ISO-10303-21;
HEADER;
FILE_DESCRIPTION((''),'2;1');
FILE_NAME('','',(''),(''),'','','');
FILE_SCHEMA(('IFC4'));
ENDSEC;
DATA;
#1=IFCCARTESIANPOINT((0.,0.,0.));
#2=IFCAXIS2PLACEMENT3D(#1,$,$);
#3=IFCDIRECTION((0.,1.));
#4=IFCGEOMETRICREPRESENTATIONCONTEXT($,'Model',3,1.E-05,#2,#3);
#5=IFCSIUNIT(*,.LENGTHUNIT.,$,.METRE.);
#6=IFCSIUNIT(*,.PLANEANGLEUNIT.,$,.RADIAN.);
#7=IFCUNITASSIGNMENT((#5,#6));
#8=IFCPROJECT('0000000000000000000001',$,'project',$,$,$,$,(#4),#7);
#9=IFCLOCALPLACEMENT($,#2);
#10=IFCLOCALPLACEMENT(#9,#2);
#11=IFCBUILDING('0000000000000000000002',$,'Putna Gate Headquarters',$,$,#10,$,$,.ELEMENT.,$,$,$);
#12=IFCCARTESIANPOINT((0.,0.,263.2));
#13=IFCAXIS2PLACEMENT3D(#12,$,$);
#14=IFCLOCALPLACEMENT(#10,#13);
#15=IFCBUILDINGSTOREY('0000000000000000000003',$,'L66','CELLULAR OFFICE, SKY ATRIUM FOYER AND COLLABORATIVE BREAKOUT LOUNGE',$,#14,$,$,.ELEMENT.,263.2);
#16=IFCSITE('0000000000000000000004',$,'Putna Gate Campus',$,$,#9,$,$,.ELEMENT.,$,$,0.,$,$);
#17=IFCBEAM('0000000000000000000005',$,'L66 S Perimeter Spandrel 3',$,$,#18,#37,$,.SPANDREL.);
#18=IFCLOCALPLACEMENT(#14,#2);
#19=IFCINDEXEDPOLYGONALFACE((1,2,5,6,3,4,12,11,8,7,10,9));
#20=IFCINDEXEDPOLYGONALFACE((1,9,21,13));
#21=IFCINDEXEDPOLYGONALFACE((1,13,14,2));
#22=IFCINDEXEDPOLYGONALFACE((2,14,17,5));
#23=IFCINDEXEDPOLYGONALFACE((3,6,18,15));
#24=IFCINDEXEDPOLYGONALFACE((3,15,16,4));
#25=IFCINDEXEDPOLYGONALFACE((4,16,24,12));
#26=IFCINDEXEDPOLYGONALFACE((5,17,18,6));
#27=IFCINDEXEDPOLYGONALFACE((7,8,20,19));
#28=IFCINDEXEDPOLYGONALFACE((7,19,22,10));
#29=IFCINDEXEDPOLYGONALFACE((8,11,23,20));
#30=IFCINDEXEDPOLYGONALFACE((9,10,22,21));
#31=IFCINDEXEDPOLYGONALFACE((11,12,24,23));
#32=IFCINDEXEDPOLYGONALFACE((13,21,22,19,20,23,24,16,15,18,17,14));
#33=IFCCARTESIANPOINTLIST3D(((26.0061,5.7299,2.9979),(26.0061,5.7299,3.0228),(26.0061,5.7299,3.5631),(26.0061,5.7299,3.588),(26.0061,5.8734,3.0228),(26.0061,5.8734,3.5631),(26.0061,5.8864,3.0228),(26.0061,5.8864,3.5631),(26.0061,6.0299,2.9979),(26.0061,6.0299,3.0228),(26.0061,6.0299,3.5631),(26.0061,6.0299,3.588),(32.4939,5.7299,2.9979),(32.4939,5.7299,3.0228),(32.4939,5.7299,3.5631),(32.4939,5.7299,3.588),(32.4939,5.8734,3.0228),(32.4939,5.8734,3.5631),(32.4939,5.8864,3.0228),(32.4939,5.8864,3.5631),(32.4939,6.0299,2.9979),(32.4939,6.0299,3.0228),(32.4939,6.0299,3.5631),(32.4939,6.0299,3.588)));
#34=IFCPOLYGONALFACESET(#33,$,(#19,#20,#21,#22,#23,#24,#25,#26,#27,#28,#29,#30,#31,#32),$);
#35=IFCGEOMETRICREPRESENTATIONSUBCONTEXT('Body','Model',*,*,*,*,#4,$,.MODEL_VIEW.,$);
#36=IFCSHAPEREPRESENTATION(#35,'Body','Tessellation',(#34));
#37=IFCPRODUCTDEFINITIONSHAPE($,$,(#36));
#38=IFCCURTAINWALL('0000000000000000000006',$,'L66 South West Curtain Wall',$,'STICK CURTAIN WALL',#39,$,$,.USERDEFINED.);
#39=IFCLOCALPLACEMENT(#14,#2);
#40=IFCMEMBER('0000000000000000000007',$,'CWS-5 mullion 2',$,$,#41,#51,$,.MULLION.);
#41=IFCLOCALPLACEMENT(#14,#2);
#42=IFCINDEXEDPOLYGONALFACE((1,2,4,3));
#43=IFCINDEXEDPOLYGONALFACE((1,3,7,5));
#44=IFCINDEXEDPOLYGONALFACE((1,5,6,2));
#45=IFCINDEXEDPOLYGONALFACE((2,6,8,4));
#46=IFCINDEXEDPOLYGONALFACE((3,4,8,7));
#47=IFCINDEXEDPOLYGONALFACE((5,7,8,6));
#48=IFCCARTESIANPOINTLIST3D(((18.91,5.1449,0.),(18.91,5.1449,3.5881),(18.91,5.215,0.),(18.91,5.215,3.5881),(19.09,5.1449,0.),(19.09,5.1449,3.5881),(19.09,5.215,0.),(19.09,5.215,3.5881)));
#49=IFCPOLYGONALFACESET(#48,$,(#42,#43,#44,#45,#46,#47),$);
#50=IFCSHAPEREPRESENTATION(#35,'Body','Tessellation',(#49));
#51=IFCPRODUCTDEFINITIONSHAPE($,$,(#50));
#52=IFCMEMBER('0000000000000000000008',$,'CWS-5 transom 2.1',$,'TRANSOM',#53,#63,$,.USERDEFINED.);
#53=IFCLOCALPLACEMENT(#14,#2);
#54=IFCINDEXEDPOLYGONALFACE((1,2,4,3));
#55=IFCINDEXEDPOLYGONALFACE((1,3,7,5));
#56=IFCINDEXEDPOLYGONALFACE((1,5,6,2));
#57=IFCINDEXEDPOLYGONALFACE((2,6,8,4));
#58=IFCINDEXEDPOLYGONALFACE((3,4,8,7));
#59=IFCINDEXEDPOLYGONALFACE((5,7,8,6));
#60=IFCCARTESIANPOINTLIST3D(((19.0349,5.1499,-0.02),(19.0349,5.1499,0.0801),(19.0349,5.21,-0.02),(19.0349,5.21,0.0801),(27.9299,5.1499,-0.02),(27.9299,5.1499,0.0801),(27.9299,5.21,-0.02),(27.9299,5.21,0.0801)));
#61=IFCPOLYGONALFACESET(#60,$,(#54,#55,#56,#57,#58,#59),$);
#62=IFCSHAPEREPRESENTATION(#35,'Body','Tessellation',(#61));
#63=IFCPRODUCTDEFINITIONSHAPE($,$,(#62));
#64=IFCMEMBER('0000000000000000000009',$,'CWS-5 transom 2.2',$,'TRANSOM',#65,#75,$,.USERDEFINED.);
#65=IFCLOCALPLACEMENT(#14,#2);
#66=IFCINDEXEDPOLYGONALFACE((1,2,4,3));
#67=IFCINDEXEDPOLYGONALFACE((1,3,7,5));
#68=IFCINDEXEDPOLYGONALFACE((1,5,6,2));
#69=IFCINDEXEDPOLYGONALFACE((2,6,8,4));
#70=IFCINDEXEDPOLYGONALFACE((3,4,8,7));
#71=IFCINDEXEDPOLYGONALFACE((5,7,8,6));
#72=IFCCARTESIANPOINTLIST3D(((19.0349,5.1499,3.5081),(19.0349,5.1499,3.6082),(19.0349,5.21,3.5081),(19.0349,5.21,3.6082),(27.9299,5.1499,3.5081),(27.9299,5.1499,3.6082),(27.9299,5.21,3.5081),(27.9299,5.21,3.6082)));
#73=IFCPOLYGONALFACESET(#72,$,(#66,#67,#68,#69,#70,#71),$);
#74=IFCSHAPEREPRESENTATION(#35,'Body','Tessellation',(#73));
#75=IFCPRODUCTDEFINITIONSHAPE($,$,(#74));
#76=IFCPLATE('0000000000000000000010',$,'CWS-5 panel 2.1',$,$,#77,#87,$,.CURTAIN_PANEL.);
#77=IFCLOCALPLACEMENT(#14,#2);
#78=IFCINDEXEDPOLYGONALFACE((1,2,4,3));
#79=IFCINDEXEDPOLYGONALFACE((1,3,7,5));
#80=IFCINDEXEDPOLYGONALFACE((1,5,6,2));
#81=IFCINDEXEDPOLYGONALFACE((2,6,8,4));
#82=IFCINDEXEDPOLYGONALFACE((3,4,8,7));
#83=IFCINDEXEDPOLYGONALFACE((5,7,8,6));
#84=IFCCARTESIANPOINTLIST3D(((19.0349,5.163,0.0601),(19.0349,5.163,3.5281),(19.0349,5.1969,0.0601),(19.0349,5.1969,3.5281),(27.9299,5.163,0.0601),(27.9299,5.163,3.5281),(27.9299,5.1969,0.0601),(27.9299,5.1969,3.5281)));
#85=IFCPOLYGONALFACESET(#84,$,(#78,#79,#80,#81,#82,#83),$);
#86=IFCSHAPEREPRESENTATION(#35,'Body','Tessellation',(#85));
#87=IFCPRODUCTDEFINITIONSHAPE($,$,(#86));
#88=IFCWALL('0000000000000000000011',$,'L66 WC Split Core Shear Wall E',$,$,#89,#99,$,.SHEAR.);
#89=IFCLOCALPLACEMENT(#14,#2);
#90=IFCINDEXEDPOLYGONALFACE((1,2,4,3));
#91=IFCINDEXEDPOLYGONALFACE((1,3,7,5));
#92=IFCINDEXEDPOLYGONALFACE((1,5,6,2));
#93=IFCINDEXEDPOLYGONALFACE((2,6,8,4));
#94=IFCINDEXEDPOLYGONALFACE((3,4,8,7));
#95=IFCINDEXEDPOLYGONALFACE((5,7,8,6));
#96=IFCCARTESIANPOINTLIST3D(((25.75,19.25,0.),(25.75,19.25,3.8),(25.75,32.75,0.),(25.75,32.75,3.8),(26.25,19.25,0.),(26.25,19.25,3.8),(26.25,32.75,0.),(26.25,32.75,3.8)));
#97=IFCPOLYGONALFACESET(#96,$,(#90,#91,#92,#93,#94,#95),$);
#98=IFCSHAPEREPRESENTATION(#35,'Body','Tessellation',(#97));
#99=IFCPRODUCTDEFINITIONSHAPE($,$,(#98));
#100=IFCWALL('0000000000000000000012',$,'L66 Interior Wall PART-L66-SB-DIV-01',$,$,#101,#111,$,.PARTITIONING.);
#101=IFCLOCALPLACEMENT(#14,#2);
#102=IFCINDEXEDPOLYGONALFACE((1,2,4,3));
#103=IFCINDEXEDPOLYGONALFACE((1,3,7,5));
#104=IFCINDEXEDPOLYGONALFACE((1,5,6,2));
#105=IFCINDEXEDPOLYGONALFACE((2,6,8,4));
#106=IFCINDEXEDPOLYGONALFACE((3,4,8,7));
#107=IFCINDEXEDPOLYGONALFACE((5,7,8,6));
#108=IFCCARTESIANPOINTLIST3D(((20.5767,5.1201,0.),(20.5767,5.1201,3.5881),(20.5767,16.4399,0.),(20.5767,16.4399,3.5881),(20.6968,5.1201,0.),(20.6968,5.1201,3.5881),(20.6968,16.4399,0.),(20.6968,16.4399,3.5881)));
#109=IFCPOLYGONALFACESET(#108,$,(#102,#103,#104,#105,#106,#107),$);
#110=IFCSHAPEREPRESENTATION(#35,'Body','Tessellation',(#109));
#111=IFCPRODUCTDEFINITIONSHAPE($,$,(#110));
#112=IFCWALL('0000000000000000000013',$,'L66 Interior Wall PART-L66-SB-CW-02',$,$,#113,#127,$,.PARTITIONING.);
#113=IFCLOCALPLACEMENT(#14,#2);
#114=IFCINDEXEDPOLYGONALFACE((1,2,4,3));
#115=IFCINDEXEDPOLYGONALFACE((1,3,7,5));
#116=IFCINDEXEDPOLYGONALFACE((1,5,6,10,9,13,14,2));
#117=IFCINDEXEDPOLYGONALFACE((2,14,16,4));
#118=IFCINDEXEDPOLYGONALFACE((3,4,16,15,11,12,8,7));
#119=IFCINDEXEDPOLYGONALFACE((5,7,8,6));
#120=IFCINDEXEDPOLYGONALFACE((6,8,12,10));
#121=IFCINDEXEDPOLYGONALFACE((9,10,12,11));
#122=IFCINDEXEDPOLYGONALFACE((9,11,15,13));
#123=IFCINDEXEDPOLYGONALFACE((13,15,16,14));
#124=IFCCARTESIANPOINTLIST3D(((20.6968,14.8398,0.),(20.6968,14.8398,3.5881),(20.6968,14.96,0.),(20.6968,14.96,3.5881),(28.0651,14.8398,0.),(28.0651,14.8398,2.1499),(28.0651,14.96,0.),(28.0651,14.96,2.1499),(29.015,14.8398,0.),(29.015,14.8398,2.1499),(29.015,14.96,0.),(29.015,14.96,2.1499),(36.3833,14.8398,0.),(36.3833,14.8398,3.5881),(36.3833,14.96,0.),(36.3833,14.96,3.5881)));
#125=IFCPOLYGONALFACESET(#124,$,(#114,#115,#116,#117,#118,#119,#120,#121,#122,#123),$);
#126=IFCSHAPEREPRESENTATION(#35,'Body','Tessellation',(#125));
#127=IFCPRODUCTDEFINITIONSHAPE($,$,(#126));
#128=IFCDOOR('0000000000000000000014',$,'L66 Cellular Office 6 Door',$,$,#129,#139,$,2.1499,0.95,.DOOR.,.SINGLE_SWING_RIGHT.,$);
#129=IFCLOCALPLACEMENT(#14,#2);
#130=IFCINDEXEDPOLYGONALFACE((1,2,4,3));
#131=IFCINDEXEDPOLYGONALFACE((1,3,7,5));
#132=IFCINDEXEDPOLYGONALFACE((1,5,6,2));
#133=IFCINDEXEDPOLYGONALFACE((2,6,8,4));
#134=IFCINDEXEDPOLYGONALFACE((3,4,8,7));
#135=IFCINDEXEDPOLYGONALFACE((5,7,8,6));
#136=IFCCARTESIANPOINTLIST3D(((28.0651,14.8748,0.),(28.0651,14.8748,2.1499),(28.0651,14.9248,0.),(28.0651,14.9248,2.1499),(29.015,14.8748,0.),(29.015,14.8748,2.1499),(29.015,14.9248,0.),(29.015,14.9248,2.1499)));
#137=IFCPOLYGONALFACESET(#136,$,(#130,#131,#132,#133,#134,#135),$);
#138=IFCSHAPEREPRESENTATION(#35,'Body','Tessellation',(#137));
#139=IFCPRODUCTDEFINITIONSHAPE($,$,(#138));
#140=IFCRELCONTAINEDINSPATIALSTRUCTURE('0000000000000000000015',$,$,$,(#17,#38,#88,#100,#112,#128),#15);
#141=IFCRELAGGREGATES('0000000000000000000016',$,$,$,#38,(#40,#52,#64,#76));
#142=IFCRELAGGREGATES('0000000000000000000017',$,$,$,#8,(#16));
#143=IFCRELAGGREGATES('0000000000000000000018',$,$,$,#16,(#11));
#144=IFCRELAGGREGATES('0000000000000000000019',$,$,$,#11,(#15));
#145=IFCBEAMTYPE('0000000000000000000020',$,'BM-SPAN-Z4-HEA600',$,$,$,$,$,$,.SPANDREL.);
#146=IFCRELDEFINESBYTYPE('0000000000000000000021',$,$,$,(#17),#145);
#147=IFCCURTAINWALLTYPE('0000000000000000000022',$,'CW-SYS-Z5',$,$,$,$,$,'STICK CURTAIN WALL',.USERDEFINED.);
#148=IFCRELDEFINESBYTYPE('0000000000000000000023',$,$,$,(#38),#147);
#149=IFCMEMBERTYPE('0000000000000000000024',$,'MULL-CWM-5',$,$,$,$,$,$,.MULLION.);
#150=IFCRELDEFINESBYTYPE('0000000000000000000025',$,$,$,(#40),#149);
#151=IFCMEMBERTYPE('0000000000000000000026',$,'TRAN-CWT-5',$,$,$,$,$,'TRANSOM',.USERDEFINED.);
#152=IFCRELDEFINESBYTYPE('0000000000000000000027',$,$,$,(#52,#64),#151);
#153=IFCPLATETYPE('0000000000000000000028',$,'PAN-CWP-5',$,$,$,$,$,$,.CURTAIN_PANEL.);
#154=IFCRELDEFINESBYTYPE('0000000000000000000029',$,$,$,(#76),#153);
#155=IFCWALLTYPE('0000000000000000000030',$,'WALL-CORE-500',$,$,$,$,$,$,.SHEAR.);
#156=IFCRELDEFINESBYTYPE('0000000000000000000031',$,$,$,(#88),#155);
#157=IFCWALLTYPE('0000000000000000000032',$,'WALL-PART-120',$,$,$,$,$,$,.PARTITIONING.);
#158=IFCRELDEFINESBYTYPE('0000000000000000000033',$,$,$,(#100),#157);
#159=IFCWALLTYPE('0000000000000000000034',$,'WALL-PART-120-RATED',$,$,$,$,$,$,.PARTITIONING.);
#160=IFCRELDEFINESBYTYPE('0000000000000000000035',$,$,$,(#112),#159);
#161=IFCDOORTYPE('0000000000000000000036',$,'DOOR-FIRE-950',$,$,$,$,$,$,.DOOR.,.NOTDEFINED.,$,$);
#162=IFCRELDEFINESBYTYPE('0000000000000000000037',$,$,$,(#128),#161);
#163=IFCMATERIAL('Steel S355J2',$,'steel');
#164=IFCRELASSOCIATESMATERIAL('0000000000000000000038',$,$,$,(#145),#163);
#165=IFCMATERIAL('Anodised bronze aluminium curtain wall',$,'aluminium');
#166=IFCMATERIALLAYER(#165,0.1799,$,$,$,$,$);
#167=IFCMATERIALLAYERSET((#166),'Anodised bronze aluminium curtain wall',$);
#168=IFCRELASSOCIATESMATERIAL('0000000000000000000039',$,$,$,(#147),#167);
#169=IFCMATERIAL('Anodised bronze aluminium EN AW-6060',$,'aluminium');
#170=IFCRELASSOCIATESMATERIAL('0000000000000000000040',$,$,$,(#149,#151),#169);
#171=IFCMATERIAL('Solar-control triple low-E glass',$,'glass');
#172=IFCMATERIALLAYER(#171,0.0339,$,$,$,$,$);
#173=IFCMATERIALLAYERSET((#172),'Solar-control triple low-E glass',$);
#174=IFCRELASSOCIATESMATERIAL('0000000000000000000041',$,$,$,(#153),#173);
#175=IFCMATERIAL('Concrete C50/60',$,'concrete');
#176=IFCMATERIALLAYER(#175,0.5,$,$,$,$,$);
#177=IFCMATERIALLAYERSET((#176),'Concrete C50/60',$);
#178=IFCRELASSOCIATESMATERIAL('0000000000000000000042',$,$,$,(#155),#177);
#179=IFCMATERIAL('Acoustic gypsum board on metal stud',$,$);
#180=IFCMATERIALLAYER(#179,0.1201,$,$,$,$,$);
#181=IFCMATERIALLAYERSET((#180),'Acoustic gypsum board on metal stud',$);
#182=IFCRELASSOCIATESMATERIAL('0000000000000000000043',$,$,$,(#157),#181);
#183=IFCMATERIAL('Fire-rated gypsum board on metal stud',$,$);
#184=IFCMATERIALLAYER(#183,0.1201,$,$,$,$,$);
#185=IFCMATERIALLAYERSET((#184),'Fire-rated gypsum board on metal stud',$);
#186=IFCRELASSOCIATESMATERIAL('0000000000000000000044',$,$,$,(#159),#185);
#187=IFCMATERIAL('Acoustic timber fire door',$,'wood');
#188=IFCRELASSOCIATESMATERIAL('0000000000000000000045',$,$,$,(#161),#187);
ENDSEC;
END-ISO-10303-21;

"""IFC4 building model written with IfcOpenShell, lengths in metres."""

from ifc_helpers import new_model, si_unit, direction, frame, frame_2d, origin, origin_2d, place, context, subcontext, project, spatial, rectangle, i_section, extrude, material, layer, layer_set, material_profile, profile_set, type_object, element, fill, aggregate, save


model = new_model("IFC4")

# Units and contexts
model_context = context("Model", 3, precision=1e-05, world=origin(), true_north=direction((0.0, 1.0)))
body_context = subcontext(model_context, "Body", "Model", "MODEL_VIEW")
ifc_project = project(units=[si_unit("LENGTHUNIT", "METRE"), si_unit("PLANEANGLEUNIT", "RADIAN")], contexts=[model_context])

# Site, building, storey
site_placement = place(None, origin())
site = spatial("IfcSite", under=ifc_project, at=site_placement, Name="Putna Gate Campus", CompositionType="ELEMENT", RefElevation=0.0)
building_placement = place(site_placement, origin())
building = spatial("IfcBuilding", under=site, at=building_placement, Name="Putna Gate Headquarters", CompositionType="ELEMENT")
storey_placement = place(building_placement, frame((0.0, 0.0, 263.2)))
storey = spatial("IfcBuildingStorey", under=building, at=storey_placement, Name="L66", Description="CELLULAR OFFICE, SKY ATRIUM FOYER AND COLLABORATIVE BREAKOUT LOUNGE", CompositionType="ELEMENT", Elevation=263.2)

# Beam
ifc_material_1 = material(Name="Steel S355J2", Category="steel")
ifc_material_profile_1 = material_profile(ifc_material_1, i_section(OverallWidth=0.3, OverallDepth=0.5901, WebThickness=0.0129, FlangeThickness=0.0249, at=origin_2d()), Name="Steel S355J2")
ifc_profile_set_1 = profile_set([ifc_material_profile_1], Name="Steel S355J2")
beam_type_1 = type_object("IfcBeamType", Name="BM-SPAN-Z4-HEA600", PredefinedType="SPANDREL", material=ifc_profile_set_1)
for number, where, z_axis, x_axis, name in (
    (1, (26.0061, 5.8799, 3.293), (1.0, 0.0, 0.0), (0.0, 1.0, 0.0), "L66 S Perimeter Spandrel 3"),
):
    element("IfcBeam", number, at=place(storey_placement, frame(where, z_axis=z_axis, x_axis=x_axis)), inside=storey, type_object=beam_type_1, Name=name, PredefinedType="SPANDREL", context=body_context, shape_type="SweptSolid", body=[
        extrude(i_section(OverallWidth=0.3, OverallDepth=0.5901, WebThickness=0.0129, FlangeThickness=0.0249, at=origin_2d()), origin(), (0.0, 0.0, 1.0), 6.4878),
    ])

# Curtain wall, members, plate
ifc_material_2 = material(Name="Anodised bronze aluminium curtain wall", Category="aluminium")
ifc_layer_1 = layer(ifc_material_2, 0.1799)
ifc_layer_set_1 = layer_set([ifc_layer_1], Name="Anodised bronze aluminium curtain wall")
curtain_wall_type = type_object("IfcCurtainWallType", Name="CW-SYS-Z5", ElementType="STICK CURTAIN WALL", PredefinedType="USERDEFINED", material=ifc_layer_set_1)
curtain_wall_placement = place(storey_placement, origin())
curtain_wall = element("IfcCurtainWall", 2, at=curtain_wall_placement, inside=storey, type_object=curtain_wall_type, Name="L66 South West Curtain Wall", ObjectType="STICK CURTAIN WALL", PredefinedType="USERDEFINED")
ifc_material_3 = material(Name="Anodised bronze aluminium EN AW-6060", Category="aluminium")
ifc_material_profile_2 = material_profile(ifc_material_3, rectangle(XDim=0.0701, YDim=0.1799, at=origin_2d()), Name="Anodised bronze aluminium EN AW-6060")
ifc_profile_set_2 = profile_set([ifc_material_profile_2], Name="Anodised bronze aluminium EN AW-6060")
member_type_1 = type_object("IfcMemberType", Name="MULL-CWM-5", PredefinedType="MULLION", material=ifc_profile_set_2)
member_1_placement = place(storey_placement, frame((19.0, 5.1799, 0.0), z_axis=(0.0, 0.0, 1.0), x_axis=(0.0, 1.0, 0.0)))
member_1 = element("IfcMember", 3, at=member_1_placement, type_object=member_type_1, Name="CWS-5 mullion 2", PredefinedType="MULLION", context=body_context, shape_type="SweptSolid", body=[
    extrude(rectangle(XDim=0.0701, YDim=0.1799, at=origin_2d()), origin(), (0.0, 0.0, 1.0), 3.5881),
])
ifc_material_profile_3 = material_profile(ifc_material_3, rectangle(XDim=0.0601, YDim=0.1001, at=origin_2d()), Name="Anodised bronze aluminium EN AW-6060")
ifc_profile_set_3 = profile_set([ifc_material_profile_3], Name="Anodised bronze aluminium EN AW-6060")
member_type_2 = type_object("IfcMemberType", Name="TRAN-CWT-5", ElementType="TRANSOM", PredefinedType="USERDEFINED", material=ifc_profile_set_3)
member_2_placement = place(storey_placement, frame((19.0349, 5.1799, 0.03), z_axis=(1.0, 0.0, 0.0), x_axis=(0.0, 1.0, 0.0)))
member_2 = element("IfcMember", 4, at=member_2_placement, type_object=member_type_2, Name="CWS-5 transom 2.1", ObjectType="TRANSOM", PredefinedType="USERDEFINED", context=body_context, shape_type="SweptSolid", body=[
    extrude(rectangle(XDim=0.0601, YDim=0.1001, at=origin_2d()), origin(), (0.0, 0.0, 1.0), 8.895),
])
member_3_placement = place(storey_placement, frame((19.0349, 5.1799, 3.5581), z_axis=(1.0, 0.0, 0.0), x_axis=(0.0, 1.0, 0.0)))
member_3 = element("IfcMember", 5, at=member_3_placement, type_object=member_type_2, Name="CWS-5 transom 2.2", ObjectType="TRANSOM", PredefinedType="USERDEFINED", context=body_context, shape_type="SweptSolid", body=[
    extrude(rectangle(XDim=0.0601, YDim=0.1001, at=origin_2d()), origin(), (0.0, 0.0, 1.0), 8.895),
])
ifc_material_4 = material(Name="Solar-control triple low-E glass", Category="glass")
ifc_layer_2 = layer(ifc_material_4, 0.0339)
ifc_layer_set_2 = layer_set([ifc_layer_2], Name="Solar-control triple low-E glass")
plate_type = type_object("IfcPlateType", Name="PAN-CWP-5", PredefinedType="CURTAIN_PANEL", material=ifc_layer_set_2)
plate_placement = place(storey_placement, frame((23.4824, 5.1799, 0.0601), z_axis=(0.0, 0.0, 1.0), x_axis=(1.0, 0.0, 0.0)))
plate = element("IfcPlate", 6, at=plate_placement, type_object=plate_type, Name="CWS-5 panel 2.1", PredefinedType="CURTAIN_PANEL", context=body_context, shape_type="SweptSolid", body=[
    extrude(rectangle(XDim=8.895, YDim=0.0339, at=origin_2d()), origin(), (0.0, 0.0, 1.0), 3.468),
])
aggregate(curtain_wall, [member_1, member_2, member_3, plate])

# Walls
ifc_material_5 = material(Name="Concrete C50/60", Category="concrete")
ifc_layer_3 = layer(ifc_material_5, 0.5)
ifc_layer_set_3 = layer_set([ifc_layer_3], Name="Concrete C50/60")
wall_type_1 = type_object("IfcWallType", Name="WALL-CORE-500", PredefinedType="SHEAR", material=ifc_layer_set_3)
wall_1_placement = place(storey_placement, frame((26.0, 19.25, 0.0), z_axis=(0.0, 0.0, 1.0), x_axis=(0.0, 1.0, 0.0)))
element("IfcWall", 7, at=wall_1_placement, inside=storey, type_object=wall_type_1, Name="L66 WC Split Core Shear Wall E", PredefinedType="SHEAR", context=body_context, shape_type="SweptSolid", body=[
    extrude(rectangle(XDim=13.5, YDim=0.5, at=frame_2d((6.75, 0.0))), origin(), (0.0, 0.0, 1.0), 3.8),
])
ifc_material_6 = material(Name="Acoustic gypsum board on metal stud")
ifc_layer_4 = layer(ifc_material_6, 0.1201)
ifc_layer_set_4 = layer_set([ifc_layer_4], Name="Acoustic gypsum board on metal stud")
wall_type_2 = type_object("IfcWallType", Name="WALL-PART-120", PredefinedType="PARTITIONING", material=ifc_layer_set_4)
wall_2_placement = place(storey_placement, frame((20.6367, 5.1201, 0.0), z_axis=(0.0, 0.0, 1.0), x_axis=(0.0, 1.0, 0.0)))
element("IfcWall", 8, at=wall_2_placement, inside=storey, type_object=wall_type_2, Name="L66 Interior Wall PART-L66-SB-DIV-01", PredefinedType="PARTITIONING", context=body_context, shape_type="SweptSolid", body=[
    extrude(rectangle(XDim=11.3198, YDim=0.1201, at=frame_2d((5.6599, 0.0))), origin(), (0.0, 0.0, 1.0), 3.5881),
])

# Wall, opening, door
ifc_material_7 = material(Name="Fire-rated gypsum board on metal stud")
ifc_layer_5 = layer(ifc_material_7, 0.1201)
ifc_layer_set_5 = layer_set([ifc_layer_5], Name="Fire-rated gypsum board on metal stud")
wall_type_3 = type_object("IfcWallType", Name="WALL-PART-120-RATED", PredefinedType="PARTITIONING", material=ifc_layer_set_5)
wall_3_placement = place(storey_placement, frame((20.6968, 14.8999, 0.0), z_axis=(0.0, 0.0, 1.0), x_axis=(1.0, 0.0, 0.0)))
wall_3 = element("IfcWall", 9, at=wall_3_placement, inside=storey, type_object=wall_type_3, Name="L66 Interior Wall PART-L66-SB-CW-02", PredefinedType="PARTITIONING", context=body_context, shape_type="SweptSolid", body=[
    extrude(rectangle(XDim=15.6865, YDim=0.1201, at=frame_2d((7.8433, 0.0))), origin(), (0.0, 0.0, 1.0), 3.5881),
])
opening_1_placement = place(wall_3_placement, frame((7.3682, 0.0, 0.0)))
opening_1 = element("IfcOpeningElement", 10, at=opening_1_placement, cuts=wall_3, PredefinedType="OPENING", context=body_context, shape_type="SweptSolid", body=[
    extrude(rectangle(XDim=0.95, YDim=2.1499, at=frame_2d((0.4751, 1.075))), frame((0.0, 0.0701, 0.0), z_axis=(0.0, -1.0, 0.0), x_axis=(1.0, 0.0, 0.0)), (0.0, 0.0, 1.0), 0.1401),
])
ifc_material_8 = material(Name="Acoustic timber fire door", Category="wood")
door_type_1 = type_object("IfcDoorType", Name="DOOR-FIRE-950", OperationType="NOTDEFINED", PredefinedType="DOOR", material=ifc_material_8)
door_1_placement = place(opening_1_placement, origin())
door_1 = element("IfcDoor", 11, at=door_1_placement, inside=storey, type_object=door_type_1, Name="L66 Cellular Office 6 Door", OperationType="SINGLE_SWING_RIGHT", OverallHeight=2.1499, OverallWidth=0.95, PredefinedType="DOOR", context=body_context, shape_type="SweptSolid", body=[
    extrude(rectangle(XDim=0.95, YDim=2.1499, at=frame_2d((0.4751, 1.075))), frame((0.0, 0.0249, 0.0), z_axis=(0.0, -1.0, 0.0), x_axis=(1.0, 0.0, 0.0)), (0.0, 0.0, 1.0), 0.05),
])
fill(opening_1, door_1)

save(model, "model.ifc")
